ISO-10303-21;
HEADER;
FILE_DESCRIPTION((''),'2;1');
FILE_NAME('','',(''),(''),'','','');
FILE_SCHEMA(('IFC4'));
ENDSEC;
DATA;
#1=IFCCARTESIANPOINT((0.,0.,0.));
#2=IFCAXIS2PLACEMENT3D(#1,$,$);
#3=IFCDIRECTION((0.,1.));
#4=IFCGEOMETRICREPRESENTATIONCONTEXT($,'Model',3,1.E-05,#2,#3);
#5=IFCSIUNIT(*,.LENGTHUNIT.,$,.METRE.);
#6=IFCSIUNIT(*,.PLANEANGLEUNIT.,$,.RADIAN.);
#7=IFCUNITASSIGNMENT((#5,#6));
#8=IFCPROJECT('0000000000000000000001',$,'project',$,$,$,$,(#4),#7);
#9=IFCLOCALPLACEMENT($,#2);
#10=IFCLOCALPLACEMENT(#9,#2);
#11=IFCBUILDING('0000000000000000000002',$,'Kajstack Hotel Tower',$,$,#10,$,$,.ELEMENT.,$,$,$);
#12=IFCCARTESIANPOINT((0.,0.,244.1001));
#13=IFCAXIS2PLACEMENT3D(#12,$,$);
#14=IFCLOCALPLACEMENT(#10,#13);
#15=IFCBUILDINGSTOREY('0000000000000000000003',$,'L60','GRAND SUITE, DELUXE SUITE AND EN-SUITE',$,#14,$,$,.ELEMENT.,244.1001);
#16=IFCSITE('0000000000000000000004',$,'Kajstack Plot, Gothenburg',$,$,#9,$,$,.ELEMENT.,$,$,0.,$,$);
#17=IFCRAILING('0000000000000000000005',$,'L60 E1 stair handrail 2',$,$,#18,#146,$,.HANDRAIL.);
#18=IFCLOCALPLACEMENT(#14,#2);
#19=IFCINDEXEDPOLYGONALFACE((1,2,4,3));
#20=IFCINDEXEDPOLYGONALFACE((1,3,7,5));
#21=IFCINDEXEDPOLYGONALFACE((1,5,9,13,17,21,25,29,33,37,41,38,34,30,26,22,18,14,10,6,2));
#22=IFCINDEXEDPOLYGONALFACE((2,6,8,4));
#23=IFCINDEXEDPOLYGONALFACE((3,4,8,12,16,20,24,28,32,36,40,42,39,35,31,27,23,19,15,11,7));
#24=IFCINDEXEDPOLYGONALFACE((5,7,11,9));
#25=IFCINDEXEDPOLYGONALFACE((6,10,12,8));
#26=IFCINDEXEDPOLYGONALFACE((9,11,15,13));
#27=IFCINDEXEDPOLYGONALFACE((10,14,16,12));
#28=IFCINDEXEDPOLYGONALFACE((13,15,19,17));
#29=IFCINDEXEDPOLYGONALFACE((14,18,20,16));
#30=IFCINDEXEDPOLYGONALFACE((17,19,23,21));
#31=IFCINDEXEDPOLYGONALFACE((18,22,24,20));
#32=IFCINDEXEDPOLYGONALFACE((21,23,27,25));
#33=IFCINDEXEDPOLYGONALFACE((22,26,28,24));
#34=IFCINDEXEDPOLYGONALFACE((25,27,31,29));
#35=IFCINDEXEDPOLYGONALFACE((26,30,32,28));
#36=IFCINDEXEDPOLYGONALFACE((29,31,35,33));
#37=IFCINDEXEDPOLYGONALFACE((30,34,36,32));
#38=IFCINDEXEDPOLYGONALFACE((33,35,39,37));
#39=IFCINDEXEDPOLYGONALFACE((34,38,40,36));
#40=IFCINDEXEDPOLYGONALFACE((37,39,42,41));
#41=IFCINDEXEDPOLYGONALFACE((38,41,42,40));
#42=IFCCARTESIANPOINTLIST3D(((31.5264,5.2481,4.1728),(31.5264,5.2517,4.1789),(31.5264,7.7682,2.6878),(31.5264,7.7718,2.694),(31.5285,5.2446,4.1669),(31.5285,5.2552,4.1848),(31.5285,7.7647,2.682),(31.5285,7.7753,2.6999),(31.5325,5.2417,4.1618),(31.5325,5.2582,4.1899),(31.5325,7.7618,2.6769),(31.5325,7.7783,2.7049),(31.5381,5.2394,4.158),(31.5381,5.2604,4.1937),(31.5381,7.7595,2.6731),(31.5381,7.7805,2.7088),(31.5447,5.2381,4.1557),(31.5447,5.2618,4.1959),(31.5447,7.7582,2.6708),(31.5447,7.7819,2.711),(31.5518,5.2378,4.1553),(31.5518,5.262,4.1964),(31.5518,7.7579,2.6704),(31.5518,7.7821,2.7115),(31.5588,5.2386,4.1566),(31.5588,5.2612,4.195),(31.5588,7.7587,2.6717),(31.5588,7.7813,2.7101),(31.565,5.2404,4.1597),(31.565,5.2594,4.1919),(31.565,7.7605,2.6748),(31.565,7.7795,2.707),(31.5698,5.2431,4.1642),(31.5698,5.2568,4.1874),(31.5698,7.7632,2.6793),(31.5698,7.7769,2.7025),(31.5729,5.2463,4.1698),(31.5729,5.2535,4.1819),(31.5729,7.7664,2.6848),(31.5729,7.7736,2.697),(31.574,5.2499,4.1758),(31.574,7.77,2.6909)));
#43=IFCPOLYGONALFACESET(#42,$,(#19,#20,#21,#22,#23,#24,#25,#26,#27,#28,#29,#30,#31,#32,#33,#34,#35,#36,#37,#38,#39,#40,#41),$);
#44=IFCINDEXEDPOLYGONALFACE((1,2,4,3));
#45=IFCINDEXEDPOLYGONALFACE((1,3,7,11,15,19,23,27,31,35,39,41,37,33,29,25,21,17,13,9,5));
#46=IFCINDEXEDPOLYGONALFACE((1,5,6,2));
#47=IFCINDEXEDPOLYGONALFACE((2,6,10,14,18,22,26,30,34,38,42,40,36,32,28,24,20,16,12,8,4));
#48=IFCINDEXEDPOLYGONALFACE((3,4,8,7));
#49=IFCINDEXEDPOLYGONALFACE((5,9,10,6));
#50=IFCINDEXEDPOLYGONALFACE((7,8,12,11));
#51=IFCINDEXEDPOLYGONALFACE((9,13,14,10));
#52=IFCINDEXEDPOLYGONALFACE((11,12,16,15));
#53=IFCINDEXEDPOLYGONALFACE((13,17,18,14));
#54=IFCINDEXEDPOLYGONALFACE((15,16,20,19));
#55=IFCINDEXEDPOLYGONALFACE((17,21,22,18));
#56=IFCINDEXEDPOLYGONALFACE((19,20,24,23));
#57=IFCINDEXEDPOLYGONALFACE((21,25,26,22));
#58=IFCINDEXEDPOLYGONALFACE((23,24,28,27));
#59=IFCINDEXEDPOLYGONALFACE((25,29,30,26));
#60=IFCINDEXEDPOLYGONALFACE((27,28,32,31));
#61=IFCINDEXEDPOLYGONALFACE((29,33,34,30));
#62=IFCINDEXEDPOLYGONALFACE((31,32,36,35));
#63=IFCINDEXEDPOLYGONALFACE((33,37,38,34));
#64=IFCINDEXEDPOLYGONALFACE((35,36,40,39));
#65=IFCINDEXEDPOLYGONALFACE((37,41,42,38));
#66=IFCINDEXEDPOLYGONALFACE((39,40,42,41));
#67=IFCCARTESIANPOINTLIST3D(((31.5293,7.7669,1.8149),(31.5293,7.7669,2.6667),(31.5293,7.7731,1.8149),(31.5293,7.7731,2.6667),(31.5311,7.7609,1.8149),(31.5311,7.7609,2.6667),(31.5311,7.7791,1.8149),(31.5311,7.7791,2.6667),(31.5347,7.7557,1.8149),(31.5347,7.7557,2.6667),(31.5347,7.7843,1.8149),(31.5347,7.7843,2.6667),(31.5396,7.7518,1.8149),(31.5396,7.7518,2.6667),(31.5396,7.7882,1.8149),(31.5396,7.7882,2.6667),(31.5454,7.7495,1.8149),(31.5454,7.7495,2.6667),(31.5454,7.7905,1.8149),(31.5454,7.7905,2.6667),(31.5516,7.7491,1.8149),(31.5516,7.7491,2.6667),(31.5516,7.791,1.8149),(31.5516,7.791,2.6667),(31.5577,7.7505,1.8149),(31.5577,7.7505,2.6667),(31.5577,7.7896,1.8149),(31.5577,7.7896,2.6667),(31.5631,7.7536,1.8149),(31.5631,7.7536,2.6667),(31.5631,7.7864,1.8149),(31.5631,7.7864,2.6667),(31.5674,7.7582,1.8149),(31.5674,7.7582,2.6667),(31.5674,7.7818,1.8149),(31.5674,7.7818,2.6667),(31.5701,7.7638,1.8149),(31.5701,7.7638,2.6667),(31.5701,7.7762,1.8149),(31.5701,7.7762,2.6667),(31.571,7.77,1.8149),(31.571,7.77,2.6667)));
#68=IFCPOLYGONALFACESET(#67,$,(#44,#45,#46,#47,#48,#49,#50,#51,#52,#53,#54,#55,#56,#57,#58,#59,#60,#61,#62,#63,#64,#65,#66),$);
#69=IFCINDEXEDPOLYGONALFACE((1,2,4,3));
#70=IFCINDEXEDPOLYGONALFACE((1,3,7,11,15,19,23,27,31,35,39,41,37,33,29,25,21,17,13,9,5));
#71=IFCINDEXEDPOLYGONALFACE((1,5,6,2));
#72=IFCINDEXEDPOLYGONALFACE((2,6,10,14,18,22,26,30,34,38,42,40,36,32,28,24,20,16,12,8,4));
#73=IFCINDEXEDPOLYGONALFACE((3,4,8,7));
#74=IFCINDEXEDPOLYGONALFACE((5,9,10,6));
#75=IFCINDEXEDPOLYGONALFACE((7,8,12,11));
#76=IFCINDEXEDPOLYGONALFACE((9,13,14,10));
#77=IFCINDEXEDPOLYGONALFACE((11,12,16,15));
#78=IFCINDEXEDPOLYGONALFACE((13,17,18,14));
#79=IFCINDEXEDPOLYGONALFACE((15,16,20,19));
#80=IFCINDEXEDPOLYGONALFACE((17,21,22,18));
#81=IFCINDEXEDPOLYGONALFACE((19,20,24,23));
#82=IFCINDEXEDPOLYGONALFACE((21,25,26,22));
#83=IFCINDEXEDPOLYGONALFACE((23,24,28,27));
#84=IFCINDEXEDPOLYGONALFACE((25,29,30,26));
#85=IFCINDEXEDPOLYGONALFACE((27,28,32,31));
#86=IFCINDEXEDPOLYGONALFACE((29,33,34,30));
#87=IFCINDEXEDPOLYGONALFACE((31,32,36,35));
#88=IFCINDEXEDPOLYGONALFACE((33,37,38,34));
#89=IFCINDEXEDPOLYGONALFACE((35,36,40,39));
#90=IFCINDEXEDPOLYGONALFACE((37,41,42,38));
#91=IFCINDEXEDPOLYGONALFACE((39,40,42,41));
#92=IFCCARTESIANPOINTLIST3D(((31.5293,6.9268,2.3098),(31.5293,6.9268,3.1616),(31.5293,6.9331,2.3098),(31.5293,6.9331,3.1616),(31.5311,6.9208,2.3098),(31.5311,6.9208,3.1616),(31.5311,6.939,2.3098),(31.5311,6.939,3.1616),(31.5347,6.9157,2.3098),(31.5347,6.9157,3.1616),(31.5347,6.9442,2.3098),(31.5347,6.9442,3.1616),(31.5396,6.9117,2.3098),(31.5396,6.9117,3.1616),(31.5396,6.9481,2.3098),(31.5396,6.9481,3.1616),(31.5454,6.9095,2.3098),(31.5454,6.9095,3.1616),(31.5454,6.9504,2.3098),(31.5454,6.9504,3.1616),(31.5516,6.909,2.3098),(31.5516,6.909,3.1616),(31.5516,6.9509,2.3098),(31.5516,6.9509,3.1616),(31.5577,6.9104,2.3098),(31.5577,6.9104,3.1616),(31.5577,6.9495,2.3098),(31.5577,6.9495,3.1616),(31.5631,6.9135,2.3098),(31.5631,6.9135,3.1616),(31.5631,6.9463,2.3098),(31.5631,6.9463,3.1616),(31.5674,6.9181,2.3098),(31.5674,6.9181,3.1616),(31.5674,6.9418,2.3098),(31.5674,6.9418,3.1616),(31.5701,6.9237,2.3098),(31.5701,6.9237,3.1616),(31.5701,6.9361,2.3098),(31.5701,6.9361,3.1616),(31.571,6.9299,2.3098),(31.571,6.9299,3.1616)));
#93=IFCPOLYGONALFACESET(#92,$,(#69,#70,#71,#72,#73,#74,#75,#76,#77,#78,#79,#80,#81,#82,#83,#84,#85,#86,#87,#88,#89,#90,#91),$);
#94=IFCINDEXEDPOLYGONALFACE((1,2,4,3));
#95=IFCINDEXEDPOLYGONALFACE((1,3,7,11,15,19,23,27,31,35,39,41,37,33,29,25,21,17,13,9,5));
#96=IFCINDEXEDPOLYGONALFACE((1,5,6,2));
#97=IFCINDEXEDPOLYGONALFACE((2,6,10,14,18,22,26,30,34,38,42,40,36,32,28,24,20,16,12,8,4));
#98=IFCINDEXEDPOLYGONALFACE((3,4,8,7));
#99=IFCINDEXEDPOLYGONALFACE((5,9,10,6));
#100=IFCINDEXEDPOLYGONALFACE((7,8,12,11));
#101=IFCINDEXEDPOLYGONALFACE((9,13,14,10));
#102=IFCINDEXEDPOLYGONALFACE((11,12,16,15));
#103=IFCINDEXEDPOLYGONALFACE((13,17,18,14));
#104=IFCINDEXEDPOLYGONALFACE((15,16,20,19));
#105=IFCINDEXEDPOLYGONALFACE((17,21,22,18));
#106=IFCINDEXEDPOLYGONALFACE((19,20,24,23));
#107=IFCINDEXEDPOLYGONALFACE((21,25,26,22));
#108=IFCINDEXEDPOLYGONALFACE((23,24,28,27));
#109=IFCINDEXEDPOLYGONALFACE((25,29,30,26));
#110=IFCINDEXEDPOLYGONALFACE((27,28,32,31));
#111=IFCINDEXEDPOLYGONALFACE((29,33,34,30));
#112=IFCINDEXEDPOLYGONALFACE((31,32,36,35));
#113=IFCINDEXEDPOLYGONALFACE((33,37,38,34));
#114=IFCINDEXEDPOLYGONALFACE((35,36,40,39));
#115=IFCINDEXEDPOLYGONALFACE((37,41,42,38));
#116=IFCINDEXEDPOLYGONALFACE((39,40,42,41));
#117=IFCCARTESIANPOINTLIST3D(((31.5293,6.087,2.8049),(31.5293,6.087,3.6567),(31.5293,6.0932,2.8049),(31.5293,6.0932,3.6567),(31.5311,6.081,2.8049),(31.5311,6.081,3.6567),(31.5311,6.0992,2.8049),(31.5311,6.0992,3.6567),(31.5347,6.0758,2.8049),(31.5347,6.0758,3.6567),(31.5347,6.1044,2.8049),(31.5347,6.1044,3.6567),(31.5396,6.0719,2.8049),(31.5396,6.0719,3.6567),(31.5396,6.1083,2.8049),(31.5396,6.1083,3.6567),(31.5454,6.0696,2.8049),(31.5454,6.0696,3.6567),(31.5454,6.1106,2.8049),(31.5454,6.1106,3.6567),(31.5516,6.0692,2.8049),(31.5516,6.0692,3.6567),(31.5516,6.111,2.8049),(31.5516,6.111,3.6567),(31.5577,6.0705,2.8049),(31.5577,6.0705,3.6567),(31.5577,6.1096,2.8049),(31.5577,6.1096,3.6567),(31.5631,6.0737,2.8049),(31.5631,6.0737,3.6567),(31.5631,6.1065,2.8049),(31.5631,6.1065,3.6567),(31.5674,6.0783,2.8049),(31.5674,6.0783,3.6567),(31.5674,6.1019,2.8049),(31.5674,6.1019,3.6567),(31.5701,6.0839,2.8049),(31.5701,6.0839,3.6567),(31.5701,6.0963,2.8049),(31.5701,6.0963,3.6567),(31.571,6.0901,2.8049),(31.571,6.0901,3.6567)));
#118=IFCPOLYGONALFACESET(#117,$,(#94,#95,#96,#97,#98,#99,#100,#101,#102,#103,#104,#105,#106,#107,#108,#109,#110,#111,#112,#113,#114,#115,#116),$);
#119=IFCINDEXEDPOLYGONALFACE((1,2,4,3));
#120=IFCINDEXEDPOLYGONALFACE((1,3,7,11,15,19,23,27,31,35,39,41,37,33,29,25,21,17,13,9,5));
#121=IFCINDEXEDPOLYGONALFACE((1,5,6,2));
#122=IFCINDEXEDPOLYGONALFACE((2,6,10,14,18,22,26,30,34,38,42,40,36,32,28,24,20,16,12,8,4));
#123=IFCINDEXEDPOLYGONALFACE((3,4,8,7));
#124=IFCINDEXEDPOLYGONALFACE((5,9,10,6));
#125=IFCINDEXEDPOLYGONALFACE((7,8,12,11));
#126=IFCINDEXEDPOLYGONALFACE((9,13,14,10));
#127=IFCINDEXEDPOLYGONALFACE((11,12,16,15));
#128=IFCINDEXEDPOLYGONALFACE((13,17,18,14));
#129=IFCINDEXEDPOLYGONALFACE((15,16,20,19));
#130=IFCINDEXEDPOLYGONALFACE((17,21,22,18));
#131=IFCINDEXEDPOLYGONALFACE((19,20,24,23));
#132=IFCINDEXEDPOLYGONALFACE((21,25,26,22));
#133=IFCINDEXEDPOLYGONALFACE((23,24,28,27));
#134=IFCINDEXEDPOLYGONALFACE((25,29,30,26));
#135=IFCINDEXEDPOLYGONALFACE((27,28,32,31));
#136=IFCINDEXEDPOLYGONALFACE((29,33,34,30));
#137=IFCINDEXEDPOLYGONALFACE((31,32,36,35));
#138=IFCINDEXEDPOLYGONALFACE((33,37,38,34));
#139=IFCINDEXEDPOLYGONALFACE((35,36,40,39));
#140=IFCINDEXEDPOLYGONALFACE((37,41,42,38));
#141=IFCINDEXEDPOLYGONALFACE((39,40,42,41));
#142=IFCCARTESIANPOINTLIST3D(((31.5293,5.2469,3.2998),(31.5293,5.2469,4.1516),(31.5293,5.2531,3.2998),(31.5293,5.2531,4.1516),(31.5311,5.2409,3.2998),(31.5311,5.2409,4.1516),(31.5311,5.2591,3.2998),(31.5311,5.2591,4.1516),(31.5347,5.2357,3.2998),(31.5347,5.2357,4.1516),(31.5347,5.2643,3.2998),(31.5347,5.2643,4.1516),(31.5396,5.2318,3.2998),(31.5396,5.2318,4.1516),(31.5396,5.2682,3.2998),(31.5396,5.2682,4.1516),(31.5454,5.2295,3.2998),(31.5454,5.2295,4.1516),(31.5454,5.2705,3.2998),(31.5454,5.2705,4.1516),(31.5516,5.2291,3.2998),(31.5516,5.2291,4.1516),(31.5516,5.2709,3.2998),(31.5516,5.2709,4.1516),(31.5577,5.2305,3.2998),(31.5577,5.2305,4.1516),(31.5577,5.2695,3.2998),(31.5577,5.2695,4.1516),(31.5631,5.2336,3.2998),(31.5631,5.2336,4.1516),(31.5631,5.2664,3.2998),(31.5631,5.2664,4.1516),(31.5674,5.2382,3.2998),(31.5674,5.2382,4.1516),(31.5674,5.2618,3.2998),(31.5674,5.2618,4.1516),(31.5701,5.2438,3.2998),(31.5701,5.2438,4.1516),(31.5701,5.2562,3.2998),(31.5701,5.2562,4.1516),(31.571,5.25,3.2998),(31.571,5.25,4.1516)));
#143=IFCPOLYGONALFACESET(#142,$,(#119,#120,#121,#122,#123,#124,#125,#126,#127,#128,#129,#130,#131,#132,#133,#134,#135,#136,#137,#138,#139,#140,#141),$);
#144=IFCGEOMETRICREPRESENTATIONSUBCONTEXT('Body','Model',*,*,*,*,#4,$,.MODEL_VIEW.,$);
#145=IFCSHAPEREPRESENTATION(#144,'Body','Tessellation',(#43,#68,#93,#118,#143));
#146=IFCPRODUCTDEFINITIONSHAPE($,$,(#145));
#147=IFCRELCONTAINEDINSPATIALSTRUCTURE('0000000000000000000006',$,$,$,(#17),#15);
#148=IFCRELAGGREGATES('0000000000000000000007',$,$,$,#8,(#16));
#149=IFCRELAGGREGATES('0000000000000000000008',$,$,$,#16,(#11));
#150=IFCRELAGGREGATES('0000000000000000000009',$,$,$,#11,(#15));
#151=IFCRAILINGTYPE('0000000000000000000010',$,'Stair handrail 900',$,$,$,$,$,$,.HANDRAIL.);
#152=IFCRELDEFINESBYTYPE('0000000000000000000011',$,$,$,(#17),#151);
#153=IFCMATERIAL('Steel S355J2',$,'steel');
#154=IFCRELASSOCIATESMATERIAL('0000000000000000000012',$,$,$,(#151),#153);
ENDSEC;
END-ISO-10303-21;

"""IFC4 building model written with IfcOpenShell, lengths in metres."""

from ifc_helpers import new_model, si_unit, direction, frame, origin, origin_2d, place, context, subcontext, project, spatial, circle, extrude, material, type_object, element, save


model = new_model("IFC4")

# Units and contexts
model_context = context("Model", 3, precision=1e-05, world=origin(), true_north=direction((0.0, 1.0)))
body_context = subcontext(model_context, "Body", "Model", "MODEL_VIEW")
ifc_project = project(units=[si_unit("LENGTHUNIT", "METRE"), si_unit("PLANEANGLEUNIT", "RADIAN")], contexts=[model_context])

# Site, building, storey
site_placement = place(None, origin())
site = spatial("IfcSite", under=ifc_project, at=site_placement, Name="Kajstack Plot, Gothenburg", CompositionType="ELEMENT", RefElevation=0.0)
building_placement = place(site_placement, origin())
building = spatial("IfcBuilding", under=site, at=building_placement, Name="Kajstack Hotel Tower", CompositionType="ELEMENT")
storey_placement = place(building_placement, frame((0.0, 0.0, 244.1001)))
storey = spatial("IfcBuildingStorey", under=building, at=storey_placement, Name="L60", Description="GRAND SUITE, DELUXE SUITE AND EN-SUITE", CompositionType="ELEMENT", Elevation=244.1001)

# Railing
ifc_material_1 = material(Name="Steel S355J2", Category="steel")
railing_type_1 = type_object("IfcRailingType", Name="Stair handrail 900", PredefinedType="HANDRAIL", material=ifc_material_1)
railing_1_placement = place(storey_placement, frame((31.55, 7.77, 1.8149)))
element("IfcRailing", 1, at=railing_1_placement, inside=storey, type_object=railing_type_1, Name="L60 E1 stair handrail 2", PredefinedType="HANDRAIL", context=body_context, shape_type="SweptSolid", body=[
    extrude(circle(Radius=0.0239, at=origin_2d()), frame((0.0, 0.0, 0.876), z_axis=(0.0, -0.861561, 0.507655), x_axis=(1.0, 0.0, 0.0)), (0.0, 0.0, 1.0), 2.925),
    extrude(circle(Radius=0.021, at=origin_2d()), origin(), (0.0, 0.0, 1.0), 0.8518),
    extrude(circle(Radius=0.021, at=origin_2d()), frame((0.0, -0.8401, 0.4949)), (0.0, 0.0, 1.0), 0.8518),
    extrude(circle(Radius=0.021, at=origin_2d()), frame((0.0, -1.6799, 0.99)), (0.0, 0.0, 1.0), 0.8518),
    extrude(circle(Radius=0.021, at=origin_2d()), frame((0.0, -2.52, 1.4849)), (0.0, 0.0, 1.0), 0.8518),
])

save(model, "model.ifc")
